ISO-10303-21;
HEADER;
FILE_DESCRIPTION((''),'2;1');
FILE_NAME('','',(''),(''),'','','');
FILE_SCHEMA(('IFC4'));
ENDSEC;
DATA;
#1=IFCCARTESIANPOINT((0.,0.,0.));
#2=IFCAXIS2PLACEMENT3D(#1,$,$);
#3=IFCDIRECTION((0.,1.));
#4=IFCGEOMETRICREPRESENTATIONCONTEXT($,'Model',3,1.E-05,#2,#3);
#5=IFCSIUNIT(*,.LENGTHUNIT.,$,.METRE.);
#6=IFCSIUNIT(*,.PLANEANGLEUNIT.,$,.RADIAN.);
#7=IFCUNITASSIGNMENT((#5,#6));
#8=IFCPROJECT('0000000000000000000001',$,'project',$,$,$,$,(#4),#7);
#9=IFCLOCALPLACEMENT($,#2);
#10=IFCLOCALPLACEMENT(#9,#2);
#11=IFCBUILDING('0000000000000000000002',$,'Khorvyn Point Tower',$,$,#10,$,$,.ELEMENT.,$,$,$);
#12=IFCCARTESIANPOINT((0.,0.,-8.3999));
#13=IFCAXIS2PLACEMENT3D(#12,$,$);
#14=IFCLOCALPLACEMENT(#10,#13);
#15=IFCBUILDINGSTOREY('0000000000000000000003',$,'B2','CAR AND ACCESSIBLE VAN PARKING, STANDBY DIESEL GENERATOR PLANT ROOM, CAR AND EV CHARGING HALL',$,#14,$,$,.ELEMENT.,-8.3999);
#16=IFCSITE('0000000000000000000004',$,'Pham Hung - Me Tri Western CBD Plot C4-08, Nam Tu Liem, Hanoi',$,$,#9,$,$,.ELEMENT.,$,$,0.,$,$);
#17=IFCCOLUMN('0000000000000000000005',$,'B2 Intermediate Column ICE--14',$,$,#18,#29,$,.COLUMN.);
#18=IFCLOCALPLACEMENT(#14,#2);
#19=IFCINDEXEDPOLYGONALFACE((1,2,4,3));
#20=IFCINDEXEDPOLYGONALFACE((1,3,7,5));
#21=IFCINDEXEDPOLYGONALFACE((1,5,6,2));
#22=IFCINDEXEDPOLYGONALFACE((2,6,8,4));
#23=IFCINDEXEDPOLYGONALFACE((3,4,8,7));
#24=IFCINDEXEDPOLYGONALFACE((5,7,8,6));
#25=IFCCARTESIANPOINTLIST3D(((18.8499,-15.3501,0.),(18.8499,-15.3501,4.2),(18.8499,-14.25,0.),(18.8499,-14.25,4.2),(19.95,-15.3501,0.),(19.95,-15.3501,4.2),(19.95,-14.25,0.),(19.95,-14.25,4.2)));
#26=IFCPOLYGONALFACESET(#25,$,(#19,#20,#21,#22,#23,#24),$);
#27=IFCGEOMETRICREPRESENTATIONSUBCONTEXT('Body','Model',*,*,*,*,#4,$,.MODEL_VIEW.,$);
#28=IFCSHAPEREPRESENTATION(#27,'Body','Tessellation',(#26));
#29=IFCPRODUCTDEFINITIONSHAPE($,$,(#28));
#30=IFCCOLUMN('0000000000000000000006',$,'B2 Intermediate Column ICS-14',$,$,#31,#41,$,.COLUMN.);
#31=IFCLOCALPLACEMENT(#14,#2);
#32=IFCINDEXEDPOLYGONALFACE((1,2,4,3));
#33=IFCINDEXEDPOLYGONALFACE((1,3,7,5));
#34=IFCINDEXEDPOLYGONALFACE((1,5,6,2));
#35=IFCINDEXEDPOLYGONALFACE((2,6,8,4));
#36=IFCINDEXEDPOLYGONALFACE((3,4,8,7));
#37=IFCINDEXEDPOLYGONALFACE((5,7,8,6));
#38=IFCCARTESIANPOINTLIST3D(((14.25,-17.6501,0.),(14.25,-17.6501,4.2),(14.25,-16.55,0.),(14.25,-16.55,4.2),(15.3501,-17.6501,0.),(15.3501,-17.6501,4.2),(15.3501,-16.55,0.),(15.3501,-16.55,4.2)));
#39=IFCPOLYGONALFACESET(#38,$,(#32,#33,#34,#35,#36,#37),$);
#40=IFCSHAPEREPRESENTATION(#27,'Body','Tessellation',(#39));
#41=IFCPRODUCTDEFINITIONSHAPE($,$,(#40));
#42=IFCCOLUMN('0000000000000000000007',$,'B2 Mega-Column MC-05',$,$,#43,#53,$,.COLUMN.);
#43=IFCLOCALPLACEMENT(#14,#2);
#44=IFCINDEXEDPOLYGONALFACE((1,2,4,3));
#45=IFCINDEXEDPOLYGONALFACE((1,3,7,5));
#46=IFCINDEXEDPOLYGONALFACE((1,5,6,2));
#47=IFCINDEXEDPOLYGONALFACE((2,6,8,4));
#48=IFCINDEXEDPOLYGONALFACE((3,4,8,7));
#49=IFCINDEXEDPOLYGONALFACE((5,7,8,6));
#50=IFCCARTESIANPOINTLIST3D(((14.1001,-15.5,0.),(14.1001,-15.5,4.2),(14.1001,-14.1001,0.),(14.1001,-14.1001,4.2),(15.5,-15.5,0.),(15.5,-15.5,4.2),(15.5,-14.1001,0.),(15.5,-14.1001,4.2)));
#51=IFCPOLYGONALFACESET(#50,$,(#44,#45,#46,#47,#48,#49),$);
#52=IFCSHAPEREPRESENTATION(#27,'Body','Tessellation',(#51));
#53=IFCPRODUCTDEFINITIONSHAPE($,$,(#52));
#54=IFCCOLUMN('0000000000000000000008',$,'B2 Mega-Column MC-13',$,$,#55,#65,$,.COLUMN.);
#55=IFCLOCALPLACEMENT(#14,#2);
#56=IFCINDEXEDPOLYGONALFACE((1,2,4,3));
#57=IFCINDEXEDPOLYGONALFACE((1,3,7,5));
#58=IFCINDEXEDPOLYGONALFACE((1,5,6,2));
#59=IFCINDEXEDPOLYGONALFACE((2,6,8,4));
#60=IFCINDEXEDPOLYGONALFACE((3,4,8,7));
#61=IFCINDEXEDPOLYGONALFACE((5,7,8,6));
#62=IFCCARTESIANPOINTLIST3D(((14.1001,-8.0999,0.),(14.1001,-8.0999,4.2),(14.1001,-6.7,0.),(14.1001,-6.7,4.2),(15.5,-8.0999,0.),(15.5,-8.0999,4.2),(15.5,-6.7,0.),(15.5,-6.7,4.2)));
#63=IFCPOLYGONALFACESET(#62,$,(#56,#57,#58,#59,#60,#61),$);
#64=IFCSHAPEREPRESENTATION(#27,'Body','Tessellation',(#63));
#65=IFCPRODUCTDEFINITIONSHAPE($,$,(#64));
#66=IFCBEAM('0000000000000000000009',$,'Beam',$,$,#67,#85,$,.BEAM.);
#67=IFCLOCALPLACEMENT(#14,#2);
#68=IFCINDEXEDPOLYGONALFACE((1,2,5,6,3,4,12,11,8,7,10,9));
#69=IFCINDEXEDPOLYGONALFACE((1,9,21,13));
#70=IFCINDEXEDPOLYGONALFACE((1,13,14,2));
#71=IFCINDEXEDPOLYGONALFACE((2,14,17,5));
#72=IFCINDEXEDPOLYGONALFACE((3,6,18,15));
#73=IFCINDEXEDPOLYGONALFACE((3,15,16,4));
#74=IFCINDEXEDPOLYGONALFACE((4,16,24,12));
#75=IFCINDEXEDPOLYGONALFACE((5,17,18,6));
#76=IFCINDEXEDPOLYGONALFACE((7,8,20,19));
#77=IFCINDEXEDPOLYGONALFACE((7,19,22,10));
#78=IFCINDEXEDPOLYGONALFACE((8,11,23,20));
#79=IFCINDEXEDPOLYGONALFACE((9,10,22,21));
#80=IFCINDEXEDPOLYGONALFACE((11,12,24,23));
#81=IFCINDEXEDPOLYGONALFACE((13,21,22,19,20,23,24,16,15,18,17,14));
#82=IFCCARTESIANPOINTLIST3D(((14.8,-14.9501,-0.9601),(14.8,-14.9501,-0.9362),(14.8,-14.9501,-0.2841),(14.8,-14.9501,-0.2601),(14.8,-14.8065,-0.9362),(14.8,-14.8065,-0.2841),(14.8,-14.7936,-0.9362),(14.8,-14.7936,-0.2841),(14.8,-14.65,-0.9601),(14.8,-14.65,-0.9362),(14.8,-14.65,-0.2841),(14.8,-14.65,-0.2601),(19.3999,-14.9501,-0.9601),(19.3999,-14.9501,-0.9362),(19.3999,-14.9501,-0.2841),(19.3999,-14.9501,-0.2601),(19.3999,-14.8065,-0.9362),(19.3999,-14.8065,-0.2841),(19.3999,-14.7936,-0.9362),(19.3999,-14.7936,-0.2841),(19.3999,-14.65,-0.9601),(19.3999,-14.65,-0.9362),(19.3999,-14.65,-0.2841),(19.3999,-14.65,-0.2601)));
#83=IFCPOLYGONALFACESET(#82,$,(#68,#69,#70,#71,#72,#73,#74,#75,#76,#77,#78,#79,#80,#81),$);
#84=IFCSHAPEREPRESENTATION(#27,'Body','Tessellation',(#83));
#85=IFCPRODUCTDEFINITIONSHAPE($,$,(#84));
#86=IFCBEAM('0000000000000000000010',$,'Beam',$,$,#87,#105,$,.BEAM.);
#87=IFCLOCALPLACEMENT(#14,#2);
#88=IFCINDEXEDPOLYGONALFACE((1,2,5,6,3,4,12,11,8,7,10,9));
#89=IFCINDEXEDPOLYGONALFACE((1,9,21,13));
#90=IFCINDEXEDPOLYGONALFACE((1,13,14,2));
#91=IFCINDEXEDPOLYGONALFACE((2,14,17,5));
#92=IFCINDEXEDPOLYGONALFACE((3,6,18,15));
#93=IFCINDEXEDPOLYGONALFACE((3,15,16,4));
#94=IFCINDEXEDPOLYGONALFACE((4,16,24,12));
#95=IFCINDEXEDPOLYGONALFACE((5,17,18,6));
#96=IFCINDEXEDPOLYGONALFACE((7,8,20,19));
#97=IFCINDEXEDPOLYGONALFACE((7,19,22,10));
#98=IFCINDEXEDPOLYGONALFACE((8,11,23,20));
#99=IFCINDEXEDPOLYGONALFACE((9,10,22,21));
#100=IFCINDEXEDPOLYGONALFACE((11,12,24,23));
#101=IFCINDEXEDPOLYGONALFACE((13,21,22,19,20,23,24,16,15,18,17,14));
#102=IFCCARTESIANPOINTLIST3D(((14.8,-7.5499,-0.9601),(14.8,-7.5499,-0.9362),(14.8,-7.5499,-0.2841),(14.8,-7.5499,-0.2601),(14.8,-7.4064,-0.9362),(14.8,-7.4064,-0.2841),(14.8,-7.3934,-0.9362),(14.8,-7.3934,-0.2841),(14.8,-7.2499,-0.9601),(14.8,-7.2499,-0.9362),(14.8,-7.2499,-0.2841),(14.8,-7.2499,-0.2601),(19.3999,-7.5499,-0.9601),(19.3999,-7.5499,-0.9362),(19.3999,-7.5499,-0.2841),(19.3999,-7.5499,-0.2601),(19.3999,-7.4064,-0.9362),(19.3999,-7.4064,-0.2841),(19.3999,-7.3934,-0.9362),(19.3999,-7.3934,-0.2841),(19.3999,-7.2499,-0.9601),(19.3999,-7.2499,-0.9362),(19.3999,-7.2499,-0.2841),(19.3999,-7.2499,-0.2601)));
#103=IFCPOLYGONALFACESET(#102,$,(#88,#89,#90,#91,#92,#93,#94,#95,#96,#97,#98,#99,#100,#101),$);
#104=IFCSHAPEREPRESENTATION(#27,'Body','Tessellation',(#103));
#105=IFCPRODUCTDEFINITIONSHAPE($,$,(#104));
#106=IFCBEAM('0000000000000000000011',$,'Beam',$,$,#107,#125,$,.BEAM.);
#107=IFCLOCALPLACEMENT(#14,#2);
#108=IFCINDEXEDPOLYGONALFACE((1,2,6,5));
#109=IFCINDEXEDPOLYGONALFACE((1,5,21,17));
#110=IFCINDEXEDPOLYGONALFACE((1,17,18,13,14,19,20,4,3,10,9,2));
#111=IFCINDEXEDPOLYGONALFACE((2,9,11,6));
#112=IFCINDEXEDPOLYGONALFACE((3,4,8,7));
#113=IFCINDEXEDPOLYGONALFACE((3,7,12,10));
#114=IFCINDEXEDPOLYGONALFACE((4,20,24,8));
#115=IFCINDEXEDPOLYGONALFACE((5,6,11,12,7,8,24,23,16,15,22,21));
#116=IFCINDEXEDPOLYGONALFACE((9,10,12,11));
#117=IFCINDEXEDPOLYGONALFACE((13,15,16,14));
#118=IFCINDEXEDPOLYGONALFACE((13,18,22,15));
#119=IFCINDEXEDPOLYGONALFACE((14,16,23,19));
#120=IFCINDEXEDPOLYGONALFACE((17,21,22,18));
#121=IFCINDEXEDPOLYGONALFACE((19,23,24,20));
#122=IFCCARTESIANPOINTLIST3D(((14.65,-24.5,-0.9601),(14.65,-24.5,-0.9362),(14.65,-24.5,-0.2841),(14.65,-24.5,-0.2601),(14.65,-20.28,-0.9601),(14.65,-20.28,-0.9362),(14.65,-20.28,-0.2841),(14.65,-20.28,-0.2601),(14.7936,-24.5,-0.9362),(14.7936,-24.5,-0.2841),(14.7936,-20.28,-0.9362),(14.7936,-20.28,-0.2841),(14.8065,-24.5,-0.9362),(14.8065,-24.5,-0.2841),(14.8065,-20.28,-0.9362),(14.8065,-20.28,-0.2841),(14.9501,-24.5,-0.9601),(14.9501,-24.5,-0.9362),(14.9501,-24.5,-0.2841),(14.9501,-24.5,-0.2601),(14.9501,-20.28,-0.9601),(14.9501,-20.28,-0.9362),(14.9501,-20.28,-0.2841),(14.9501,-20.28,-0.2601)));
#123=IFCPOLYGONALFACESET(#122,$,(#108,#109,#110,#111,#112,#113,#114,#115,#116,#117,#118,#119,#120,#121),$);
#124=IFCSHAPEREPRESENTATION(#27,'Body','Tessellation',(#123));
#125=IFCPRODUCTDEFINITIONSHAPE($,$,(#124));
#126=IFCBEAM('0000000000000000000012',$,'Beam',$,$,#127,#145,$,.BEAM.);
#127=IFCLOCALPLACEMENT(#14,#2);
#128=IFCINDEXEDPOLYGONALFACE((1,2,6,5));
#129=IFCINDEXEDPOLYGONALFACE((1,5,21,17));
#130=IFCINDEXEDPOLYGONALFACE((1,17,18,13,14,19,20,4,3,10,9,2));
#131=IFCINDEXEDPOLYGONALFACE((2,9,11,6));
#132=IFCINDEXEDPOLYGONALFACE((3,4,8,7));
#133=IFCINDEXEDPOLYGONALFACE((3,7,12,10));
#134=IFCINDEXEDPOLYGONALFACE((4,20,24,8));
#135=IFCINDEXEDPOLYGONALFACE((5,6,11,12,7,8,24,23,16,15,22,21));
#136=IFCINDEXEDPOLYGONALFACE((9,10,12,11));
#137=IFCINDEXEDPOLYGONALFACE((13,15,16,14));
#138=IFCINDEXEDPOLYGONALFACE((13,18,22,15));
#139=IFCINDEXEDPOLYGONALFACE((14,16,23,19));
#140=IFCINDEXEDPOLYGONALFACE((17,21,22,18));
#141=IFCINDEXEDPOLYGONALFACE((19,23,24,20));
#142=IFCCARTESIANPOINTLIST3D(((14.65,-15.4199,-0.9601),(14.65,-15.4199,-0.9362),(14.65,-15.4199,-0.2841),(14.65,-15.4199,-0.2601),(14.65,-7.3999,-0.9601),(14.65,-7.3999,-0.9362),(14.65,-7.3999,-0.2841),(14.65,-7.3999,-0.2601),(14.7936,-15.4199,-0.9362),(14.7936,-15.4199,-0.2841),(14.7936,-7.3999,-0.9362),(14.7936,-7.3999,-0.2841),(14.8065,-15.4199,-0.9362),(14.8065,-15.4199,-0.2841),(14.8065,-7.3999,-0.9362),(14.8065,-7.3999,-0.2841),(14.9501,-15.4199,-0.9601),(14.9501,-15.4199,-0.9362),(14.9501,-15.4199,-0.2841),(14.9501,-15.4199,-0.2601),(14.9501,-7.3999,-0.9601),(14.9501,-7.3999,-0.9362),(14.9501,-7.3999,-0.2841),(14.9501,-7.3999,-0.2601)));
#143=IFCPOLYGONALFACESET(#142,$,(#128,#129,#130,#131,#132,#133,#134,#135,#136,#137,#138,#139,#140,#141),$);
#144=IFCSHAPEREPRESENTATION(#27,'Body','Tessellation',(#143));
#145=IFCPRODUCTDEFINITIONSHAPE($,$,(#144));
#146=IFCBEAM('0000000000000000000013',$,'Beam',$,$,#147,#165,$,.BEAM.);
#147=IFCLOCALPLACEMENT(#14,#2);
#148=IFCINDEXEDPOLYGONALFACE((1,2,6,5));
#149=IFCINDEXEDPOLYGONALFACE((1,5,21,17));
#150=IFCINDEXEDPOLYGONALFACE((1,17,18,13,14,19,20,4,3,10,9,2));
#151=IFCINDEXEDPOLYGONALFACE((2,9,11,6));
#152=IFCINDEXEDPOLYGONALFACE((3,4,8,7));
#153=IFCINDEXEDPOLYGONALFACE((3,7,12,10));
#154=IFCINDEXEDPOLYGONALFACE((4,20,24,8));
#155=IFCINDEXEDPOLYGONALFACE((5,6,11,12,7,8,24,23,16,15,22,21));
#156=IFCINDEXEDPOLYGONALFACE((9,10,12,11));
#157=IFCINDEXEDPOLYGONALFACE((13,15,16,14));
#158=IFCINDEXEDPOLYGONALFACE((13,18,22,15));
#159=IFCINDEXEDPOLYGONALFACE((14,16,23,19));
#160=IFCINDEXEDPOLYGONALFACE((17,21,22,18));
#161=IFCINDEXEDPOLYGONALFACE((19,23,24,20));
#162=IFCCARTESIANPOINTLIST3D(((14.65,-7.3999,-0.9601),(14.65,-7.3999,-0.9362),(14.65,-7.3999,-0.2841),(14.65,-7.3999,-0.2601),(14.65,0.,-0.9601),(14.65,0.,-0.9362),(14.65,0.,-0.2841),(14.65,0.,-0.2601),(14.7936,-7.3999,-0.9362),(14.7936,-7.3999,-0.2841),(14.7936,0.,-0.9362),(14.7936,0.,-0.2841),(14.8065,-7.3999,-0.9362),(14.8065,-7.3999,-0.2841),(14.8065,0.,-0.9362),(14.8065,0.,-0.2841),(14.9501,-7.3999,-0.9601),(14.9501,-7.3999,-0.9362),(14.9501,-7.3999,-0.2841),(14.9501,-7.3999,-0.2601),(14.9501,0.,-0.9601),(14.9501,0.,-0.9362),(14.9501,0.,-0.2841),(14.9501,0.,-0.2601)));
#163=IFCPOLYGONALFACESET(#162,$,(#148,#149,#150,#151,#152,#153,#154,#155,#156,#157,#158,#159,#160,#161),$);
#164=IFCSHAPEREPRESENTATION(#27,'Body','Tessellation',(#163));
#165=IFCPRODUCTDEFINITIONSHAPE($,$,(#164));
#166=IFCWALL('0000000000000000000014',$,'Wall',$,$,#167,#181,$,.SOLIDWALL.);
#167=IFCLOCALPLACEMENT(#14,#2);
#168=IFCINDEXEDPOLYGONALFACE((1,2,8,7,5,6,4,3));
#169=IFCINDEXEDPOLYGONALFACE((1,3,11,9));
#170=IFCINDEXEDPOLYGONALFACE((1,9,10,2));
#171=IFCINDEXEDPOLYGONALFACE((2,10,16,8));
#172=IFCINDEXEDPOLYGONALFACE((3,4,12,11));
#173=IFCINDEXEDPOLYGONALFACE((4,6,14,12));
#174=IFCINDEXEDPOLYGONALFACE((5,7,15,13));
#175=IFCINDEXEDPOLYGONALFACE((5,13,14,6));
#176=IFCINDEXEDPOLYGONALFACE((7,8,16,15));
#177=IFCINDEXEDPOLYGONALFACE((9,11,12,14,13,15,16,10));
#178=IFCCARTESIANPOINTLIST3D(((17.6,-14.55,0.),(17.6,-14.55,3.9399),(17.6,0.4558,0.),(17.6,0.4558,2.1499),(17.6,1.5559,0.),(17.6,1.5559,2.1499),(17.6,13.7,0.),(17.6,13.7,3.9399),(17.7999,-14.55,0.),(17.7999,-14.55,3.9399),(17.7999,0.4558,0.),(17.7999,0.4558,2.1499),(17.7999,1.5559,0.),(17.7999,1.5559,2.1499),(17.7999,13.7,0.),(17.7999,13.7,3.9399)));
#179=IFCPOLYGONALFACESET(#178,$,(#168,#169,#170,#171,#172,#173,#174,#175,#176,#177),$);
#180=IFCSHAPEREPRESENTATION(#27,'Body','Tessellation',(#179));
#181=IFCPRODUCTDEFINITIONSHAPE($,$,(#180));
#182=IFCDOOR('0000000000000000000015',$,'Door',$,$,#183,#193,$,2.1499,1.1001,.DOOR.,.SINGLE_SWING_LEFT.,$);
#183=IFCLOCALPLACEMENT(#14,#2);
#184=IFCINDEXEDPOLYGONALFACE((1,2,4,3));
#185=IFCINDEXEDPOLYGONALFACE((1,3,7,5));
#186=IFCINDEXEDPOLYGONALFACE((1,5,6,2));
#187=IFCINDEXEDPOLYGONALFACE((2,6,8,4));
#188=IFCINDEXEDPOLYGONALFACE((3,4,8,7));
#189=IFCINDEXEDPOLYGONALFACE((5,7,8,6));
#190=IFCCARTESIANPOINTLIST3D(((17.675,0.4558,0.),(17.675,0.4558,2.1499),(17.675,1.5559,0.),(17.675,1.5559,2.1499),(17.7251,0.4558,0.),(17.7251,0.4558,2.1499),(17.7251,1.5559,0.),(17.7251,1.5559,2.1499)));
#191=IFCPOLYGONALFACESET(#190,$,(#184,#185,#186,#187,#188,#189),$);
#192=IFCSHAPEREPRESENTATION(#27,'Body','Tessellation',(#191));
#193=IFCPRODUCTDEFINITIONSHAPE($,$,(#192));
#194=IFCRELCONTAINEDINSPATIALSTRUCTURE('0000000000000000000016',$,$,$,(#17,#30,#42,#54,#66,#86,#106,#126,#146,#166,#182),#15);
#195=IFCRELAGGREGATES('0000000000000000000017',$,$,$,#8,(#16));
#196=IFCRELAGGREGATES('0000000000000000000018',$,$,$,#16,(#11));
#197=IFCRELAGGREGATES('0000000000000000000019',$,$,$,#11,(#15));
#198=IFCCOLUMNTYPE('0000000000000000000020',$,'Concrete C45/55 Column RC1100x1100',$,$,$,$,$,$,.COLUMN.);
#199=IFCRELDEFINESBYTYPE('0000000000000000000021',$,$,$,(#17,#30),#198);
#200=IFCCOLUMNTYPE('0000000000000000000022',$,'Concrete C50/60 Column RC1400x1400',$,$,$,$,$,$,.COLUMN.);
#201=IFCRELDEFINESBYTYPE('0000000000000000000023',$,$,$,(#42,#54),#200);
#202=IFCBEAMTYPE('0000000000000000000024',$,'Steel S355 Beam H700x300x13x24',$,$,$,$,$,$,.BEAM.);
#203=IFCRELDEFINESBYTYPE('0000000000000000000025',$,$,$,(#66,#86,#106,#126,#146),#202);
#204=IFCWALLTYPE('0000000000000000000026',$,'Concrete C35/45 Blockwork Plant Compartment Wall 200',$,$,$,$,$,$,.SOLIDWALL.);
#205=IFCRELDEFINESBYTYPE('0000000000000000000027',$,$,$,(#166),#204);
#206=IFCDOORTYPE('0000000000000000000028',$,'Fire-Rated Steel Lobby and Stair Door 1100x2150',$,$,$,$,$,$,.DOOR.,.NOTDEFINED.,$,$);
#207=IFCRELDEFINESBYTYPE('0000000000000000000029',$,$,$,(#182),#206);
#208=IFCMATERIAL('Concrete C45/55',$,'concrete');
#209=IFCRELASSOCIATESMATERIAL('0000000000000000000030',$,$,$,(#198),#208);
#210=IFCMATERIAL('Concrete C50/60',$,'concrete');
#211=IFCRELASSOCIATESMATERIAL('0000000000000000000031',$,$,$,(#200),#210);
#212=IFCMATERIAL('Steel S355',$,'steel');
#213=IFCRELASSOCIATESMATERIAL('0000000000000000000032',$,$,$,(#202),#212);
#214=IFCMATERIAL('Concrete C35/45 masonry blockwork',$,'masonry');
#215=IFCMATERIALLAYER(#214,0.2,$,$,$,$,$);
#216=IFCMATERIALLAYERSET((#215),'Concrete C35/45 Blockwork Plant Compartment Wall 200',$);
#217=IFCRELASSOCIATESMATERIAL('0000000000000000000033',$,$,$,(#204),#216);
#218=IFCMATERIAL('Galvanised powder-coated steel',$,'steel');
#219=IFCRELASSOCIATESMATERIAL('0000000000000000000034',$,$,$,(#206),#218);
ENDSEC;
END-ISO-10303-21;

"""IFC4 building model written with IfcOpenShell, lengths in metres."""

from ifc_helpers import new_model, si_unit, direction, frame, frame_2d, origin, origin_2d, place, context, subcontext, project, spatial, rectangle, i_section, extrude, material, layer, layer_set, material_profile, profile_set, type_object, element, fill, save


model = new_model("IFC4")

# Units and contexts
model_context = context("Model", 3, precision=1e-05, world=origin(), true_north=direction((0.0, 1.0)))
body_context = subcontext(model_context, "Body", "Model", "MODEL_VIEW")
ifc_project = project(units=[si_unit("LENGTHUNIT", "METRE"), si_unit("PLANEANGLEUNIT", "RADIAN")], contexts=[model_context])

# Site, building, storey
site_placement = place(None, origin())
site = spatial("IfcSite", under=ifc_project, at=site_placement, Name="Pham Hung - Me Tri Western CBD Plot C4-08, Nam Tu Liem, Hanoi", CompositionType="ELEMENT", RefElevation=0.0)
building_placement = place(site_placement, origin())
building = spatial("IfcBuilding", under=site, at=building_placement, Name="Khorvyn Point Tower", CompositionType="ELEMENT")
storey_placement = place(building_placement, frame((0.0, 0.0, -8.3999)))
storey = spatial("IfcBuildingStorey", under=building, at=storey_placement, Name="B2", Description="CAR AND ACCESSIBLE VAN PARKING, STANDBY DIESEL GENERATOR PLANT ROOM, CAR AND EV CHARGING HALL", CompositionType="ELEMENT", Elevation=-8.3999)

# Columns
ifc_material_1 = material(Name="Concrete C45/55", Category="concrete")
ifc_material_profile_1 = material_profile(ifc_material_1, rectangle(XDim=1.1001, YDim=1.1001, at=origin_2d()))
ifc_profile_set_1 = profile_set([ifc_material_profile_1], Name="Concrete C45/55 RC1100x1100")
column_type_1 = type_object("IfcColumnType", Name="Concrete C45/55 Column RC1100x1100", PredefinedType="COLUMN", material=ifc_profile_set_1)
for number, where, z_axis, x_axis, name in (
    (1, (19.3999, -14.8, 0.0), (0.0, 0.0, 1.0), (1.0, 0.0, 0.0), "B2 Intermediate Column ICE--14"),
    (2, (14.8, -17.1001, 0.0), (0.0, 0.0, 1.0), (1.0, 0.0, 0.0), "B2 Intermediate Column ICS-14"),
):
    element("IfcColumn", number, at=place(storey_placement, frame(where, z_axis=z_axis, x_axis=x_axis)), inside=storey, type_object=column_type_1, Name=name, PredefinedType="COLUMN", context=body_context, shape_type="SweptSolid", body=[
        extrude(rectangle(XDim=1.1001, YDim=1.1001, at=origin_2d()), origin(), (0.0, 0.0, 1.0), 4.2),
    ])
ifc_material_2 = material(Name="Concrete C50/60", Category="concrete")
ifc_material_profile_2 = material_profile(ifc_material_2, rectangle(XDim=1.3999, YDim=1.3999, at=origin_2d()))
ifc_profile_set_2 = profile_set([ifc_material_profile_2], Name="Concrete C50/60 RC1400x1400")
column_type_2 = type_object("IfcColumnType", Name="Concrete C50/60 Column RC1400x1400", PredefinedType="COLUMN", material=ifc_profile_set_2)
for number, where, z_axis, x_axis, name in (
    (3, (14.8, -14.8, 0.0), (0.0, 0.0, 1.0), (1.0, 0.0, 0.0), "B2 Mega-Column MC-05"),
    (4, (14.8, -7.3999, 0.0), (0.0, 0.0, 1.0), (1.0, 0.0, 0.0), "B2 Mega-Column MC-13"),
):
    element("IfcColumn", number, at=place(storey_placement, frame(where, z_axis=z_axis, x_axis=x_axis)), inside=storey, type_object=column_type_2, Name=name, PredefinedType="COLUMN", context=body_context, shape_type="SweptSolid", body=[
        extrude(rectangle(XDim=1.3999, YDim=1.3999, at=origin_2d()), origin(), (0.0, 0.0, 1.0), 4.2),
    ])

# Beams
ifc_material_3 = material(Name="Steel S355", Category="steel")
ifc_material_profile_3 = material_profile(ifc_material_3, i_section(OverallWidth=0.3, OverallDepth=0.7, WebThickness=0.0129, FlangeThickness=0.0239, at=origin_2d()))
ifc_profile_set_3 = profile_set([ifc_material_profile_3], Name="Steel S355 H700x300x13x24")
beam_type = type_object("IfcBeamType", Name="Steel S355 Beam H700x300x13x24", PredefinedType="BEAM", material=ifc_profile_set_3)
for number, where, z_axis, x_axis, name in (
    (5, (14.8, -14.8, -0.6101), (1.0, 0.0, 0.0), (0.0, 1.0, 0.0), "Beam"),
    (6, (14.8, -7.3999, -0.6101), (1.0, 0.0, 0.0), (0.0, 1.0, 0.0), "Beam"),
):
    element("IfcBeam", number, at=place(storey_placement, frame(where, z_axis=z_axis, x_axis=x_axis)), inside=storey, type_object=beam_type, Name=name, PredefinedType="BEAM", context=body_context, shape_type="SweptSolid", body=[
        extrude(i_section(OverallWidth=0.3, OverallDepth=0.7, WebThickness=0.0129, FlangeThickness=0.0239, at=origin_2d()), origin(), (0.0, 0.0, 1.0), 4.5999),
    ])
beam_1_placement = place(storey_placement, frame((14.8, -24.5, -0.6101), z_axis=(0.0, 1.0, 0.0), x_axis=(-1.0, 0.0, 0.0)))
element("IfcBeam", 7, at=beam_1_placement, inside=storey, type_object=beam_type, Name="Beam", PredefinedType="BEAM", context=body_context, shape_type="SweptSolid", body=[
    extrude(i_section(OverallWidth=0.3, OverallDepth=0.7, WebThickness=0.0129, FlangeThickness=0.0239, at=origin_2d()), origin(), (0.0, 0.0, 1.0), 4.22),
])
beam_2_placement = place(storey_placement, frame((14.8, -15.4199, -0.6101), z_axis=(0.0, 1.0, 0.0), x_axis=(-1.0, 0.0, 0.0)))
element("IfcBeam", 8, at=beam_2_placement, inside=storey, type_object=beam_type, Name="Beam", PredefinedType="BEAM", context=body_context, shape_type="SweptSolid", body=[
    extrude(i_section(OverallWidth=0.3, OverallDepth=0.7, WebThickness=0.0129, FlangeThickness=0.0239, at=origin_2d()), origin(), (0.0, 0.0, 1.0), 8.02),
])
beam_3_placement = place(storey_placement, frame((14.8, -7.3999, -0.6101), z_axis=(0.0, 1.0, 0.0), x_axis=(-1.0, 0.0, 0.0)))
element("IfcBeam", 9, at=beam_3_placement, inside=storey, type_object=beam_type, Name="Beam", PredefinedType="BEAM", context=body_context, shape_type="SweptSolid", body=[
    extrude(i_section(OverallWidth=0.3, OverallDepth=0.7, WebThickness=0.0129, FlangeThickness=0.0239, at=origin_2d()), origin(), (0.0, 0.0, 1.0), 7.3999),
])

# Wall, opening, door
ifc_material_4 = material(Name="Concrete C35/45 masonry blockwork", Category="masonry")
ifc_layer_1 = layer(ifc_material_4, 0.2)
ifc_layer_set_1 = layer_set([ifc_layer_1], Name="Concrete C35/45 Blockwork Plant Compartment Wall 200")
wall_type_1 = type_object("IfcWallType", Name="Concrete C35/45 Blockwork Plant Compartment Wall 200", PredefinedType="SOLIDWALL", material=ifc_layer_set_1)
wall_1_placement = place(storey_placement, frame((17.7, -14.55, 0.0), z_axis=(0.0, 0.0, 1.0), x_axis=(0.0, 1.0, 0.0)))
wall_1 = element("IfcWall", 10, at=wall_1_placement, inside=storey, type_object=wall_type_1, Name="Wall", PredefinedType="SOLIDWALL", context=body_context, shape_type="SweptSolid", body=[
    extrude(rectangle(XDim=28.25, YDim=0.2, at=frame_2d((14.125, 0.0))), origin(), (0.0, 0.0, 1.0), 3.9399),
])
opening_1_placement = place(wall_1_placement, frame((15.0059, 0.0, 0.0)))
opening_1 = element("IfcOpeningElement", 11, at=opening_1_placement, cuts=wall_1, PredefinedType="OPENING", context=body_context, shape_type="SweptSolid", body=[
    extrude(rectangle(XDim=1.1001, YDim=2.1499, at=frame_2d((0.55, 1.075))), frame((0.0, 0.1099, 0.0), z_axis=(0.0, -1.0, 0.0), x_axis=(1.0, 0.0, 0.0)), (0.0, 0.0, 1.0), 0.22),
])
ifc_material_5 = material(Name="Galvanised powder-coated steel", Category="steel")
door_type = type_object("IfcDoorType", Name="Fire-Rated Steel Lobby and Stair Door 1100x2150", OperationType="NOTDEFINED", PredefinedType="DOOR", material=ifc_material_5)
door_1_placement = place(opening_1_placement, origin())
door_1 = element("IfcDoor", 12, at=door_1_placement, inside=storey, type_object=door_type, Name="Door", OperationType="SINGLE_SWING_LEFT", OverallHeight=2.1499, OverallWidth=1.1001, PredefinedType="DOOR", context=body_context, shape_type="SweptSolid", body=[
    extrude(rectangle(XDim=1.1001, YDim=2.1499, at=frame_2d((0.55, 1.075))), frame((0.0, 0.0249, 0.0), z_axis=(0.0, -1.0, 0.0), x_axis=(1.0, 0.0, 0.0)), (0.0, 0.0, 1.0), 0.05),
])
fill(opening_1, door_1)

save(model, "model.ifc")
